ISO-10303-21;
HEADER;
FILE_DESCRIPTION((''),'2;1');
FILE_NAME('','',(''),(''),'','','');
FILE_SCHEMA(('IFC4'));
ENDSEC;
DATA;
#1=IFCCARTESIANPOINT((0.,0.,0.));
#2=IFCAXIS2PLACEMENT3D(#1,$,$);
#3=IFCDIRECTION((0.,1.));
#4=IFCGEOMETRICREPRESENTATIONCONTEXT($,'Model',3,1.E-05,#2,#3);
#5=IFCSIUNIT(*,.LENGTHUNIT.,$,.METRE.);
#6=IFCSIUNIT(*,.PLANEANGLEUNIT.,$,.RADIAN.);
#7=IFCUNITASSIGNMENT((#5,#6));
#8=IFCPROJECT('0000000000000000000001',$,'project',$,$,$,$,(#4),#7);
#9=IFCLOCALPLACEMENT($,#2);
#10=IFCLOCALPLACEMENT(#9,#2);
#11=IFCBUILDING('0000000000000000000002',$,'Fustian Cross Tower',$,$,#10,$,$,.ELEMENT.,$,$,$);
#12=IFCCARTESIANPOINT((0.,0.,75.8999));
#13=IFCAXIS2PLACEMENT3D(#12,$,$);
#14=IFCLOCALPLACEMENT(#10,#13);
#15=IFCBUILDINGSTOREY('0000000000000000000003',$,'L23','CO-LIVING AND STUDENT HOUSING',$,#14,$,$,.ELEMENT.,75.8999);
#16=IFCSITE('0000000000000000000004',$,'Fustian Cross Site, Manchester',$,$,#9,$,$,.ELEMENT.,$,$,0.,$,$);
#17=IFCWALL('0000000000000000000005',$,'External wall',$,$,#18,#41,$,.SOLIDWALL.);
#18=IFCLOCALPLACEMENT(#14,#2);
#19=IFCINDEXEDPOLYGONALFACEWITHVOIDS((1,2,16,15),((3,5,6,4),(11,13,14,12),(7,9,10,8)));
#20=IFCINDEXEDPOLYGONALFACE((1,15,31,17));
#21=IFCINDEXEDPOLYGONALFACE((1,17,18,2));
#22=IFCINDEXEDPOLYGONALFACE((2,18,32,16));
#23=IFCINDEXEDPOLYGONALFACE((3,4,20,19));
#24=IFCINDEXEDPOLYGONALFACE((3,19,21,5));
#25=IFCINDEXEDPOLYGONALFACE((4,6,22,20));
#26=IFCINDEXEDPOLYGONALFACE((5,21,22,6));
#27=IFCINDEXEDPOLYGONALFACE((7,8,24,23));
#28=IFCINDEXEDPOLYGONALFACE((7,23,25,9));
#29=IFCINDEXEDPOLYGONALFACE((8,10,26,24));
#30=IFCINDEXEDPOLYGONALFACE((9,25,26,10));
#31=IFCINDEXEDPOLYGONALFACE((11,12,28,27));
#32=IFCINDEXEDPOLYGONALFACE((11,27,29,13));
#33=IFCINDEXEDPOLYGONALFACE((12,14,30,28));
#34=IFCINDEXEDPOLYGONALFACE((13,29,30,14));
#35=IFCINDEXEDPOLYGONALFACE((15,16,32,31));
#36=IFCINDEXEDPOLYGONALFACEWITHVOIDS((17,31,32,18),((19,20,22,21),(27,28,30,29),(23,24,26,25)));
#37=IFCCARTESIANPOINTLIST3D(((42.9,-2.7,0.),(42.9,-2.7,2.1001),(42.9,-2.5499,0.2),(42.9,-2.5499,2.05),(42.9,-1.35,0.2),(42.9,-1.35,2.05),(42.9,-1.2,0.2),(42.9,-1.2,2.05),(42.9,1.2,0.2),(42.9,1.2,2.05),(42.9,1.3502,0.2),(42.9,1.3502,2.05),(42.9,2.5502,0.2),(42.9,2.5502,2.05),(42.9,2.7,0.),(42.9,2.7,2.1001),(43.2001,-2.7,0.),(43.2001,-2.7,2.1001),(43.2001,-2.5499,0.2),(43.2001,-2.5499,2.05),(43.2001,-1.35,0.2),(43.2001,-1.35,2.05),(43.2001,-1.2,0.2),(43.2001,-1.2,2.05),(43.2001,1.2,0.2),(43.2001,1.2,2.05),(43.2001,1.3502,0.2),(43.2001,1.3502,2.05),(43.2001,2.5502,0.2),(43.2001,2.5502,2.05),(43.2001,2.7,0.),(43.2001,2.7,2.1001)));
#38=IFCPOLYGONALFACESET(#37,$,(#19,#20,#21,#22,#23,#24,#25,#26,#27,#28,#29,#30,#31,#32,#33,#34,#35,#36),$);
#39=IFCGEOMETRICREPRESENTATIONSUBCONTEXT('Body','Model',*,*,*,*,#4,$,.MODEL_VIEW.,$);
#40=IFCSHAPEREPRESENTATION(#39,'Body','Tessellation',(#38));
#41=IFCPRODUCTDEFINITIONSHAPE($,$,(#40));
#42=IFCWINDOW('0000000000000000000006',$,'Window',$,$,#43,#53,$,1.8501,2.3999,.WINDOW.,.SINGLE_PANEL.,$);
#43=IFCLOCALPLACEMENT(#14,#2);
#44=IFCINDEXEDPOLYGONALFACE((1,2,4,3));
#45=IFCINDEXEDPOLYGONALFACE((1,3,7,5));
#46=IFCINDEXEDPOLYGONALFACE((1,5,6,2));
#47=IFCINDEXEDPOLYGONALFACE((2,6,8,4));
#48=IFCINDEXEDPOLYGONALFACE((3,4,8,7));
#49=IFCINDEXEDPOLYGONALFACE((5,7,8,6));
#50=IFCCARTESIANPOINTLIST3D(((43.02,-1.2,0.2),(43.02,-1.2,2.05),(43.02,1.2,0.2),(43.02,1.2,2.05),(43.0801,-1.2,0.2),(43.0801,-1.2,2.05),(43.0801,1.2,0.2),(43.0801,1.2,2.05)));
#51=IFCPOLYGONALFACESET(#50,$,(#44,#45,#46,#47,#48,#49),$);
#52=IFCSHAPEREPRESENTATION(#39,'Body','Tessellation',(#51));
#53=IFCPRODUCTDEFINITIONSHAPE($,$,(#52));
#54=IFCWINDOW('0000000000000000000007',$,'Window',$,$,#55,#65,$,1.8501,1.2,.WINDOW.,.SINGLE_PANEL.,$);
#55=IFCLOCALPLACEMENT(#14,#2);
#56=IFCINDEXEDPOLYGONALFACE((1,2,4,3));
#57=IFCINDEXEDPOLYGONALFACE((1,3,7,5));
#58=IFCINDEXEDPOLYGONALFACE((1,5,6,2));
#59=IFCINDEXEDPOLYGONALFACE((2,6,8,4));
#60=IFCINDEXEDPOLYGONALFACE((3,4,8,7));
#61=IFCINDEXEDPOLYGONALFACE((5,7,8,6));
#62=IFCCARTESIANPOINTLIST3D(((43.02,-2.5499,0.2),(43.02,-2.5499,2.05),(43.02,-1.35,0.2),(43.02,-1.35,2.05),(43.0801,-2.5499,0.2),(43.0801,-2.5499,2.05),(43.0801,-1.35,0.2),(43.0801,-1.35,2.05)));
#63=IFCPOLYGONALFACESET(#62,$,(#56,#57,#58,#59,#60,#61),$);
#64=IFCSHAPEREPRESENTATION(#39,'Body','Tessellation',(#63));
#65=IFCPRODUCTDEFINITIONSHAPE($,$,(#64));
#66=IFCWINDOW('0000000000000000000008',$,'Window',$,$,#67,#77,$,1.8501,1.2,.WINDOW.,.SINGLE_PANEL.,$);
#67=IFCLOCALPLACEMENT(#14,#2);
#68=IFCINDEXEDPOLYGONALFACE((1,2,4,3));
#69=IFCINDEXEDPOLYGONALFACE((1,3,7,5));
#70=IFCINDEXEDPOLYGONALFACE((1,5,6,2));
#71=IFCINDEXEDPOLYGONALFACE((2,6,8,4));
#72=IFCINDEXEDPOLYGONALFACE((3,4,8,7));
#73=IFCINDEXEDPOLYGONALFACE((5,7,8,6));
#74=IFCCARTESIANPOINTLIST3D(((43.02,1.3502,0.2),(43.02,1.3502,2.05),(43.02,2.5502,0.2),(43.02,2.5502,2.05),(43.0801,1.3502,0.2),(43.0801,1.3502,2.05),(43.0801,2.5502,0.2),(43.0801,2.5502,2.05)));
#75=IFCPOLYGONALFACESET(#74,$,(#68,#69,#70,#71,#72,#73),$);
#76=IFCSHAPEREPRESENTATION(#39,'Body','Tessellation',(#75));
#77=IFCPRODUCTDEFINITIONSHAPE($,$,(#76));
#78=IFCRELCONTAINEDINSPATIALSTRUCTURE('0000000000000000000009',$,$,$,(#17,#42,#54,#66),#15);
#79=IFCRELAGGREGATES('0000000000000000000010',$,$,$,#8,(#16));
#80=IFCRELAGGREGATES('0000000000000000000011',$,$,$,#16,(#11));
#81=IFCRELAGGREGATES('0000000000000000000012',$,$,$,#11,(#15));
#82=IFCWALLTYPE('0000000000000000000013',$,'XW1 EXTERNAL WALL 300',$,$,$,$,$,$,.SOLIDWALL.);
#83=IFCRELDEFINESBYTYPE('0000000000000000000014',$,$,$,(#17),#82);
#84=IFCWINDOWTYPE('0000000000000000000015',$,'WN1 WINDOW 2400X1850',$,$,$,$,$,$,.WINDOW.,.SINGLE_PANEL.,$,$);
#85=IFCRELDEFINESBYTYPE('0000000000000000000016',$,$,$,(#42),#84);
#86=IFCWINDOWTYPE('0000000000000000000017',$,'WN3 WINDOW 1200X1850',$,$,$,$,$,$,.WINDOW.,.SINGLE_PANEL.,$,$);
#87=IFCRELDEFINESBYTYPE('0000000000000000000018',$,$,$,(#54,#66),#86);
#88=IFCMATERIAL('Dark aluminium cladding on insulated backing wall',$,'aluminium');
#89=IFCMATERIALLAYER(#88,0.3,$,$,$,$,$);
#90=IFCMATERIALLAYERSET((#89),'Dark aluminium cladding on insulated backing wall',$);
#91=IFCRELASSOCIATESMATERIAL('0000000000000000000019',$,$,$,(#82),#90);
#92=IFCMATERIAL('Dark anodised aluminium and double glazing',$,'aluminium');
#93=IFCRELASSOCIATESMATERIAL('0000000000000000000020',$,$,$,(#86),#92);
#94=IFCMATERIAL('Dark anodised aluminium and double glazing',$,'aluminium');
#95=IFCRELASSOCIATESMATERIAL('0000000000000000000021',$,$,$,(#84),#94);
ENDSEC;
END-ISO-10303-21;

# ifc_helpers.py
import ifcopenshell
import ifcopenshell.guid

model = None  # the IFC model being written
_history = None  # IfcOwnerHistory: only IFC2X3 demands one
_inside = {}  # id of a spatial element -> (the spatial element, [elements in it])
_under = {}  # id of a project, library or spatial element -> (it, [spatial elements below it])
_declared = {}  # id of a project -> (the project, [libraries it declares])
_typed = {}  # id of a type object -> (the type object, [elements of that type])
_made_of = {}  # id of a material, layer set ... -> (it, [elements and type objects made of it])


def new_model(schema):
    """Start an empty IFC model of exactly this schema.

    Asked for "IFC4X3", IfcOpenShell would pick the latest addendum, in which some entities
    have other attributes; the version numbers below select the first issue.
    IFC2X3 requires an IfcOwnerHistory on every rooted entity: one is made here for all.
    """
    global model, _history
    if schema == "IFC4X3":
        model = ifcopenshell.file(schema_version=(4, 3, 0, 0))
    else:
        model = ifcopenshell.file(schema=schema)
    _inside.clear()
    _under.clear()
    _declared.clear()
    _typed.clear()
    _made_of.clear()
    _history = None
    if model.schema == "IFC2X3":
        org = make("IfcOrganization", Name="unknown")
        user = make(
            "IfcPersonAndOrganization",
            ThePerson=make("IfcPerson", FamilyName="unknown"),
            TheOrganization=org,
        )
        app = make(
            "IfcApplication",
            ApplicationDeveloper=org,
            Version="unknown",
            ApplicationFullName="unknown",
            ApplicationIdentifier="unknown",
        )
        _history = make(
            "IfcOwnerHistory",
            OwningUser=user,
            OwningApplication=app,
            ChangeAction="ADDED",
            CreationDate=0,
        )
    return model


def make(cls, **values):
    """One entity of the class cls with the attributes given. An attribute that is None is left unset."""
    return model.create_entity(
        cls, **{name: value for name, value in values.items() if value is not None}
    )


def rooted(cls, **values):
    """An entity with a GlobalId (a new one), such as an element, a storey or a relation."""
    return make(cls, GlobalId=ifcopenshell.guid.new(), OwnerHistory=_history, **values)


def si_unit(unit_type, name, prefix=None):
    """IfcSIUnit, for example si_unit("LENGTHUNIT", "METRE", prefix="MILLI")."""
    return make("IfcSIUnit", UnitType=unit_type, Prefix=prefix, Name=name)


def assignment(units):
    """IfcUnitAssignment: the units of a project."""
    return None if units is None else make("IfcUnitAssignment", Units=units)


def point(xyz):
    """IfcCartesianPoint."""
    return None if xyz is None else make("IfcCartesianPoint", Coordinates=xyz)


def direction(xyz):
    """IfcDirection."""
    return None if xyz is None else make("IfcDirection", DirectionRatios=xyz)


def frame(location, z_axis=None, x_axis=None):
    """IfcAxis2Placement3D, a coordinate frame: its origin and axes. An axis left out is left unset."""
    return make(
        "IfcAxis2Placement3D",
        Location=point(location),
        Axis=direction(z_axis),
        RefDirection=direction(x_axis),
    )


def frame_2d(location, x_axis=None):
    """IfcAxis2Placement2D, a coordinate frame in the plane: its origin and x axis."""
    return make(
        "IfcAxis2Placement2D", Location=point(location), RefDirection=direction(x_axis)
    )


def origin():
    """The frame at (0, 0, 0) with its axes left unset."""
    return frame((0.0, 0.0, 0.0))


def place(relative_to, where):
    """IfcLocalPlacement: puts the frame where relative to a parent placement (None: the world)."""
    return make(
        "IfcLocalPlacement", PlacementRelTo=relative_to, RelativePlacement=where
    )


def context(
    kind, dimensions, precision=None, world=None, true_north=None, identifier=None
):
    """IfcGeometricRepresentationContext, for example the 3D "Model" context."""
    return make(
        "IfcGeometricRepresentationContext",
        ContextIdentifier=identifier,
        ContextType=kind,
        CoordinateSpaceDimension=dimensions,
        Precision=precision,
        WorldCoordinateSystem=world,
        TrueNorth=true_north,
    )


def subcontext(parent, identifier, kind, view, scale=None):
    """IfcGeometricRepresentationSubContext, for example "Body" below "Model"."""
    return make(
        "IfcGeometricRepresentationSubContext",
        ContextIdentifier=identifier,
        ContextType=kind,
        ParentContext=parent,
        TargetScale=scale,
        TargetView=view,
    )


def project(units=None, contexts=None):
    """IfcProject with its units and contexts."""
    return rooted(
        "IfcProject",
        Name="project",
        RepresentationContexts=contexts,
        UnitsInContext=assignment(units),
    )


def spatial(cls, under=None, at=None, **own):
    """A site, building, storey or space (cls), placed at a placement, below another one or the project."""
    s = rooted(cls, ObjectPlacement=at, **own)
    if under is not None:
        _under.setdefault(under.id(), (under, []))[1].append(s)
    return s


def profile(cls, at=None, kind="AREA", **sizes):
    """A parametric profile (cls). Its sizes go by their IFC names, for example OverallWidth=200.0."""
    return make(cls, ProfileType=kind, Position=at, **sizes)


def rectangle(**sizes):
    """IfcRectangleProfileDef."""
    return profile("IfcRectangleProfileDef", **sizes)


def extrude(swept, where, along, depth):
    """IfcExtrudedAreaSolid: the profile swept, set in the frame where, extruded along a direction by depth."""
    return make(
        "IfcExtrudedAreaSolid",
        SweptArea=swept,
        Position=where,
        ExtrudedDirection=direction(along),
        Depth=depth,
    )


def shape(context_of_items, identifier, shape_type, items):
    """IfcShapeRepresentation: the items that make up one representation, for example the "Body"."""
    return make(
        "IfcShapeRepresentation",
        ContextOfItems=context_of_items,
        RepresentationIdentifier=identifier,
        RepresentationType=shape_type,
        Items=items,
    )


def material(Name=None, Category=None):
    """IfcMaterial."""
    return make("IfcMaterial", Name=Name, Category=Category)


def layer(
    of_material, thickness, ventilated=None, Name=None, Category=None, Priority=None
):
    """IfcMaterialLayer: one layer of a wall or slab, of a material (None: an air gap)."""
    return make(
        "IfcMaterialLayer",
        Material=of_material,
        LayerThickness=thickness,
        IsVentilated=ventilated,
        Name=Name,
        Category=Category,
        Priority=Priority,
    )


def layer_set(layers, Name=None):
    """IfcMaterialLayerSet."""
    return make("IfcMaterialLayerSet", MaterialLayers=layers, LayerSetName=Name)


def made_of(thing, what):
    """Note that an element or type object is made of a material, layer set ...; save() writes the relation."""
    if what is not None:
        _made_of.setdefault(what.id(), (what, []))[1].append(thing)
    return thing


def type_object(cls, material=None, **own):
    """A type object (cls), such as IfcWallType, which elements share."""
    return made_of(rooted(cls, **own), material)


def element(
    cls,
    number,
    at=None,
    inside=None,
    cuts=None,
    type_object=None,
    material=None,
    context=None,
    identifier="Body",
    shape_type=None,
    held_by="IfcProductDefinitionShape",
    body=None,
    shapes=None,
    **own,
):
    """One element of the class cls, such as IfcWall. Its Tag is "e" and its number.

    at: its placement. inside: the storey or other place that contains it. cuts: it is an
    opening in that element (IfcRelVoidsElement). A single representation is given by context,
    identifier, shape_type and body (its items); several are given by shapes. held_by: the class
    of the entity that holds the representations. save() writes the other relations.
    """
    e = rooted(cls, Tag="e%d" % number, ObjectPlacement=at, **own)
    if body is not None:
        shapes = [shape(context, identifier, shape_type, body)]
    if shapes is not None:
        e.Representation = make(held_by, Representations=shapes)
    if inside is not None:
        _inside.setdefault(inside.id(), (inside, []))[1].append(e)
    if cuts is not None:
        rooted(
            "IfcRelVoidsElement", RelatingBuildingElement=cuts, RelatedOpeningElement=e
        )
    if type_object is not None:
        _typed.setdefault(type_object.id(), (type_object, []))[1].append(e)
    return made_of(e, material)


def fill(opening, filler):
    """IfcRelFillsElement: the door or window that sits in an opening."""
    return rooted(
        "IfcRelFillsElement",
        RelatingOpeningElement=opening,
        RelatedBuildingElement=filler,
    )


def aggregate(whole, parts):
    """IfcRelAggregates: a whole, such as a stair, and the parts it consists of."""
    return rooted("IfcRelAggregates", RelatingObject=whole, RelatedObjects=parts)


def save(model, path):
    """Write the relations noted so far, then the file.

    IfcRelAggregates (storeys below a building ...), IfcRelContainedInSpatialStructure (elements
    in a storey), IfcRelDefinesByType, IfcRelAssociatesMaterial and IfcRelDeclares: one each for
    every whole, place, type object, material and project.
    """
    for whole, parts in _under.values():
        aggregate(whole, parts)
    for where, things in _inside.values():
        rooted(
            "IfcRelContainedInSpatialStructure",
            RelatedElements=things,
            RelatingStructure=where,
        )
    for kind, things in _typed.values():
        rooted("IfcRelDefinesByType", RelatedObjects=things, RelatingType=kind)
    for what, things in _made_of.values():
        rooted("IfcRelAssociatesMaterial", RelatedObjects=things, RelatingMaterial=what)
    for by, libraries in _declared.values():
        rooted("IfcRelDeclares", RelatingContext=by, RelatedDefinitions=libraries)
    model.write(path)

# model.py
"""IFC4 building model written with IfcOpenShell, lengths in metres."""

from ifc_helpers import new_model, si_unit, direction, frame, frame_2d, origin, place, context, subcontext, project, spatial, rectangle, extrude, material, layer, layer_set, type_object, element, fill, save


model = new_model("IFC4")

# Units and contexts
model_context = context("Model", 3, precision=1e-05, world=origin(), true_north=direction((0.0, 1.0)))
body_context = subcontext(model_context, "Body", "Model", "MODEL_VIEW")
ifc_project = project(units=[si_unit("LENGTHUNIT", "METRE"), si_unit("PLANEANGLEUNIT", "RADIAN")], contexts=[model_context])

# Site, building, storey
site_placement = place(None, origin())
site = spatial("IfcSite", under=ifc_project, at=site_placement, Name="Fustian Cross Site, Manchester", CompositionType="ELEMENT", RefElevation=0.0)
building_placement = place(site_placement, origin())
building = spatial("IfcBuilding", under=site, at=building_placement, Name="Fustian Cross Tower", CompositionType="ELEMENT")
storey_placement = place(building_placement, frame((0.0, 0.0, 75.8999)))
storey = spatial("IfcBuildingStorey", under=building, at=storey_placement, Name="L23", Description="CO-LIVING AND STUDENT HOUSING", CompositionType="ELEMENT", Elevation=75.8999)

# Shared definitions
ifc_material_1 = material(Name="Dark aluminium cladding on insulated backing wall", Category="aluminium")
ifc_layer_1 = layer(ifc_material_1, 0.3)
ifc_layer_set_1 = layer_set([ifc_layer_1], Name="Dark aluminium cladding on insulated backing wall")
wall_type_1 = type_object("IfcWallType", Name="XW1 EXTERNAL WALL 300", PredefinedType="SOLIDWALL", material=ifc_layer_set_1)

# Shared definitions
ifc_material_2 = material(Name="Dark anodised aluminium and double glazing", Category="aluminium")
window_type_1 = type_object("IfcWindowType", Name="WN3 WINDOW 1200X1850", PartitioningType="SINGLE_PANEL", PredefinedType="WINDOW", material=ifc_material_2)

# Wall, openings, windows
wall_1_placement = place(storey_placement, frame((43.05, -2.7, 0.0), z_axis=(0.0, 0.0, 1.0), x_axis=(0.0, 1.0, 0.0)))
wall_1 = element("IfcWall", 1, at=wall_1_placement, inside=storey, type_object=wall_type_1, Name="External wall", PredefinedType="SOLIDWALL", context=body_context, shape_type="SweptSolid", body=[
    extrude(rectangle(XDim=5.3999, YDim=0.3, at=frame_2d((2.7, 0.0))), origin(), (0.0, 0.0, 1.0), 2.1001),
])
opening_1_placement = place(wall_1_placement, frame((1.5, 0.0, 0.2)))
opening_1 = element("IfcOpeningElement", 2, at=opening_1_placement, cuts=wall_1, PredefinedType="OPENING", context=body_context, shape_type="SweptSolid", body=[
    extrude(rectangle(XDim=2.3999, YDim=1.8501, at=frame_2d((1.2, 0.925))), frame((0.0, 0.1599, 0.0), z_axis=(0.0, -1.0, 0.0), x_axis=(1.0, 0.0, 0.0)), (0.0, 0.0, 1.0), 0.3201),
])
opening_2_placement = place(wall_1_placement, frame((0.1499, 0.0, 0.2)))
opening_2 = element("IfcOpeningElement", 3, at=opening_2_placement, cuts=wall_1, PredefinedType="OPENING", context=body_context, shape_type="SweptSolid", body=[
    extrude(rectangle(XDim=1.2, YDim=1.8501, at=frame_2d((0.6001, 0.925))), frame((0.0, 0.1599, 0.0), z_axis=(0.0, -1.0, 0.0), x_axis=(1.0, 0.0, 0.0)), (0.0, 0.0, 1.0), 0.3201),
])
opening_3_placement = place(wall_1_placement, frame((4.05, 0.0, 0.2)))
opening_3 = element("IfcOpeningElement", 4, at=opening_3_placement, cuts=wall_1, PredefinedType="OPENING", context=body_context, shape_type="SweptSolid", body=[
    extrude(rectangle(XDim=1.2, YDim=1.8501, at=frame_2d((0.6001, 0.925))), frame((0.0, 0.1599, 0.0), z_axis=(0.0, -1.0, 0.0), x_axis=(1.0, 0.0, 0.0)), (0.0, 0.0, 1.0), 0.3201),
])
ifc_material_3 = material(Name="Dark anodised aluminium and double glazing", Category="aluminium")
window_type_2 = type_object("IfcWindowType", Name="WN1 WINDOW 2400X1850", PartitioningType="SINGLE_PANEL", PredefinedType="WINDOW", material=ifc_material_3)
window_1_placement = place(opening_1_placement, origin())
window_1 = element("IfcWindow", 5, at=window_1_placement, inside=storey, type_object=window_type_2, Name="Window", OverallHeight=1.8501, OverallWidth=2.3999, PartitioningType="SINGLE_PANEL", PredefinedType="WINDOW", context=body_context, shape_type="SweptSolid", body=[
    extrude(rectangle(XDim=2.3999, YDim=1.8501, at=frame_2d((1.2, 0.925))), frame((0.0, 0.03, 0.0), z_axis=(0.0, -1.0, 0.0), x_axis=(1.0, 0.0, 0.0)), (0.0, 0.0, 1.0), 0.0601),
])
fill(opening_1, window_1)
window_2_placement = place(opening_2_placement, origin())
window_2 = element("IfcWindow", 6, at=window_2_placement, inside=storey, type_object=window_type_1, Name="Window", OverallHeight=1.8501, OverallWidth=1.2, PartitioningType="SINGLE_PANEL", PredefinedType="WINDOW", context=body_context, shape_type="SweptSolid", body=[
    extrude(rectangle(XDim=1.2, YDim=1.8501, at=frame_2d((0.6001, 0.925))), frame((0.0, 0.03, 0.0), z_axis=(0.0, -1.0, 0.0), x_axis=(1.0, 0.0, 0.0)), (0.0, 0.0, 1.0), 0.0601),
])
fill(opening_2, window_2)
window_3_placement = place(opening_3_placement, origin())
window_3 = element("IfcWindow", 7, at=window_3_placement, inside=storey, type_object=window_type_1, Name="Window", OverallHeight=1.8501, OverallWidth=1.2, PartitioningType="SINGLE_PANEL", PredefinedType="WINDOW", context=body_context, shape_type="SweptSolid", body=[
    extrude(rectangle(XDim=1.2, YDim=1.8501, at=frame_2d((0.6001, 0.925))), frame((0.0, 0.03, 0.0), z_axis=(0.0, -1.0, 0.0), x_axis=(1.0, 0.0, 0.0)), (0.0, 0.0, 1.0), 0.0601),
])
fill(opening_3, window_3)

save(model, "model.ifc")
